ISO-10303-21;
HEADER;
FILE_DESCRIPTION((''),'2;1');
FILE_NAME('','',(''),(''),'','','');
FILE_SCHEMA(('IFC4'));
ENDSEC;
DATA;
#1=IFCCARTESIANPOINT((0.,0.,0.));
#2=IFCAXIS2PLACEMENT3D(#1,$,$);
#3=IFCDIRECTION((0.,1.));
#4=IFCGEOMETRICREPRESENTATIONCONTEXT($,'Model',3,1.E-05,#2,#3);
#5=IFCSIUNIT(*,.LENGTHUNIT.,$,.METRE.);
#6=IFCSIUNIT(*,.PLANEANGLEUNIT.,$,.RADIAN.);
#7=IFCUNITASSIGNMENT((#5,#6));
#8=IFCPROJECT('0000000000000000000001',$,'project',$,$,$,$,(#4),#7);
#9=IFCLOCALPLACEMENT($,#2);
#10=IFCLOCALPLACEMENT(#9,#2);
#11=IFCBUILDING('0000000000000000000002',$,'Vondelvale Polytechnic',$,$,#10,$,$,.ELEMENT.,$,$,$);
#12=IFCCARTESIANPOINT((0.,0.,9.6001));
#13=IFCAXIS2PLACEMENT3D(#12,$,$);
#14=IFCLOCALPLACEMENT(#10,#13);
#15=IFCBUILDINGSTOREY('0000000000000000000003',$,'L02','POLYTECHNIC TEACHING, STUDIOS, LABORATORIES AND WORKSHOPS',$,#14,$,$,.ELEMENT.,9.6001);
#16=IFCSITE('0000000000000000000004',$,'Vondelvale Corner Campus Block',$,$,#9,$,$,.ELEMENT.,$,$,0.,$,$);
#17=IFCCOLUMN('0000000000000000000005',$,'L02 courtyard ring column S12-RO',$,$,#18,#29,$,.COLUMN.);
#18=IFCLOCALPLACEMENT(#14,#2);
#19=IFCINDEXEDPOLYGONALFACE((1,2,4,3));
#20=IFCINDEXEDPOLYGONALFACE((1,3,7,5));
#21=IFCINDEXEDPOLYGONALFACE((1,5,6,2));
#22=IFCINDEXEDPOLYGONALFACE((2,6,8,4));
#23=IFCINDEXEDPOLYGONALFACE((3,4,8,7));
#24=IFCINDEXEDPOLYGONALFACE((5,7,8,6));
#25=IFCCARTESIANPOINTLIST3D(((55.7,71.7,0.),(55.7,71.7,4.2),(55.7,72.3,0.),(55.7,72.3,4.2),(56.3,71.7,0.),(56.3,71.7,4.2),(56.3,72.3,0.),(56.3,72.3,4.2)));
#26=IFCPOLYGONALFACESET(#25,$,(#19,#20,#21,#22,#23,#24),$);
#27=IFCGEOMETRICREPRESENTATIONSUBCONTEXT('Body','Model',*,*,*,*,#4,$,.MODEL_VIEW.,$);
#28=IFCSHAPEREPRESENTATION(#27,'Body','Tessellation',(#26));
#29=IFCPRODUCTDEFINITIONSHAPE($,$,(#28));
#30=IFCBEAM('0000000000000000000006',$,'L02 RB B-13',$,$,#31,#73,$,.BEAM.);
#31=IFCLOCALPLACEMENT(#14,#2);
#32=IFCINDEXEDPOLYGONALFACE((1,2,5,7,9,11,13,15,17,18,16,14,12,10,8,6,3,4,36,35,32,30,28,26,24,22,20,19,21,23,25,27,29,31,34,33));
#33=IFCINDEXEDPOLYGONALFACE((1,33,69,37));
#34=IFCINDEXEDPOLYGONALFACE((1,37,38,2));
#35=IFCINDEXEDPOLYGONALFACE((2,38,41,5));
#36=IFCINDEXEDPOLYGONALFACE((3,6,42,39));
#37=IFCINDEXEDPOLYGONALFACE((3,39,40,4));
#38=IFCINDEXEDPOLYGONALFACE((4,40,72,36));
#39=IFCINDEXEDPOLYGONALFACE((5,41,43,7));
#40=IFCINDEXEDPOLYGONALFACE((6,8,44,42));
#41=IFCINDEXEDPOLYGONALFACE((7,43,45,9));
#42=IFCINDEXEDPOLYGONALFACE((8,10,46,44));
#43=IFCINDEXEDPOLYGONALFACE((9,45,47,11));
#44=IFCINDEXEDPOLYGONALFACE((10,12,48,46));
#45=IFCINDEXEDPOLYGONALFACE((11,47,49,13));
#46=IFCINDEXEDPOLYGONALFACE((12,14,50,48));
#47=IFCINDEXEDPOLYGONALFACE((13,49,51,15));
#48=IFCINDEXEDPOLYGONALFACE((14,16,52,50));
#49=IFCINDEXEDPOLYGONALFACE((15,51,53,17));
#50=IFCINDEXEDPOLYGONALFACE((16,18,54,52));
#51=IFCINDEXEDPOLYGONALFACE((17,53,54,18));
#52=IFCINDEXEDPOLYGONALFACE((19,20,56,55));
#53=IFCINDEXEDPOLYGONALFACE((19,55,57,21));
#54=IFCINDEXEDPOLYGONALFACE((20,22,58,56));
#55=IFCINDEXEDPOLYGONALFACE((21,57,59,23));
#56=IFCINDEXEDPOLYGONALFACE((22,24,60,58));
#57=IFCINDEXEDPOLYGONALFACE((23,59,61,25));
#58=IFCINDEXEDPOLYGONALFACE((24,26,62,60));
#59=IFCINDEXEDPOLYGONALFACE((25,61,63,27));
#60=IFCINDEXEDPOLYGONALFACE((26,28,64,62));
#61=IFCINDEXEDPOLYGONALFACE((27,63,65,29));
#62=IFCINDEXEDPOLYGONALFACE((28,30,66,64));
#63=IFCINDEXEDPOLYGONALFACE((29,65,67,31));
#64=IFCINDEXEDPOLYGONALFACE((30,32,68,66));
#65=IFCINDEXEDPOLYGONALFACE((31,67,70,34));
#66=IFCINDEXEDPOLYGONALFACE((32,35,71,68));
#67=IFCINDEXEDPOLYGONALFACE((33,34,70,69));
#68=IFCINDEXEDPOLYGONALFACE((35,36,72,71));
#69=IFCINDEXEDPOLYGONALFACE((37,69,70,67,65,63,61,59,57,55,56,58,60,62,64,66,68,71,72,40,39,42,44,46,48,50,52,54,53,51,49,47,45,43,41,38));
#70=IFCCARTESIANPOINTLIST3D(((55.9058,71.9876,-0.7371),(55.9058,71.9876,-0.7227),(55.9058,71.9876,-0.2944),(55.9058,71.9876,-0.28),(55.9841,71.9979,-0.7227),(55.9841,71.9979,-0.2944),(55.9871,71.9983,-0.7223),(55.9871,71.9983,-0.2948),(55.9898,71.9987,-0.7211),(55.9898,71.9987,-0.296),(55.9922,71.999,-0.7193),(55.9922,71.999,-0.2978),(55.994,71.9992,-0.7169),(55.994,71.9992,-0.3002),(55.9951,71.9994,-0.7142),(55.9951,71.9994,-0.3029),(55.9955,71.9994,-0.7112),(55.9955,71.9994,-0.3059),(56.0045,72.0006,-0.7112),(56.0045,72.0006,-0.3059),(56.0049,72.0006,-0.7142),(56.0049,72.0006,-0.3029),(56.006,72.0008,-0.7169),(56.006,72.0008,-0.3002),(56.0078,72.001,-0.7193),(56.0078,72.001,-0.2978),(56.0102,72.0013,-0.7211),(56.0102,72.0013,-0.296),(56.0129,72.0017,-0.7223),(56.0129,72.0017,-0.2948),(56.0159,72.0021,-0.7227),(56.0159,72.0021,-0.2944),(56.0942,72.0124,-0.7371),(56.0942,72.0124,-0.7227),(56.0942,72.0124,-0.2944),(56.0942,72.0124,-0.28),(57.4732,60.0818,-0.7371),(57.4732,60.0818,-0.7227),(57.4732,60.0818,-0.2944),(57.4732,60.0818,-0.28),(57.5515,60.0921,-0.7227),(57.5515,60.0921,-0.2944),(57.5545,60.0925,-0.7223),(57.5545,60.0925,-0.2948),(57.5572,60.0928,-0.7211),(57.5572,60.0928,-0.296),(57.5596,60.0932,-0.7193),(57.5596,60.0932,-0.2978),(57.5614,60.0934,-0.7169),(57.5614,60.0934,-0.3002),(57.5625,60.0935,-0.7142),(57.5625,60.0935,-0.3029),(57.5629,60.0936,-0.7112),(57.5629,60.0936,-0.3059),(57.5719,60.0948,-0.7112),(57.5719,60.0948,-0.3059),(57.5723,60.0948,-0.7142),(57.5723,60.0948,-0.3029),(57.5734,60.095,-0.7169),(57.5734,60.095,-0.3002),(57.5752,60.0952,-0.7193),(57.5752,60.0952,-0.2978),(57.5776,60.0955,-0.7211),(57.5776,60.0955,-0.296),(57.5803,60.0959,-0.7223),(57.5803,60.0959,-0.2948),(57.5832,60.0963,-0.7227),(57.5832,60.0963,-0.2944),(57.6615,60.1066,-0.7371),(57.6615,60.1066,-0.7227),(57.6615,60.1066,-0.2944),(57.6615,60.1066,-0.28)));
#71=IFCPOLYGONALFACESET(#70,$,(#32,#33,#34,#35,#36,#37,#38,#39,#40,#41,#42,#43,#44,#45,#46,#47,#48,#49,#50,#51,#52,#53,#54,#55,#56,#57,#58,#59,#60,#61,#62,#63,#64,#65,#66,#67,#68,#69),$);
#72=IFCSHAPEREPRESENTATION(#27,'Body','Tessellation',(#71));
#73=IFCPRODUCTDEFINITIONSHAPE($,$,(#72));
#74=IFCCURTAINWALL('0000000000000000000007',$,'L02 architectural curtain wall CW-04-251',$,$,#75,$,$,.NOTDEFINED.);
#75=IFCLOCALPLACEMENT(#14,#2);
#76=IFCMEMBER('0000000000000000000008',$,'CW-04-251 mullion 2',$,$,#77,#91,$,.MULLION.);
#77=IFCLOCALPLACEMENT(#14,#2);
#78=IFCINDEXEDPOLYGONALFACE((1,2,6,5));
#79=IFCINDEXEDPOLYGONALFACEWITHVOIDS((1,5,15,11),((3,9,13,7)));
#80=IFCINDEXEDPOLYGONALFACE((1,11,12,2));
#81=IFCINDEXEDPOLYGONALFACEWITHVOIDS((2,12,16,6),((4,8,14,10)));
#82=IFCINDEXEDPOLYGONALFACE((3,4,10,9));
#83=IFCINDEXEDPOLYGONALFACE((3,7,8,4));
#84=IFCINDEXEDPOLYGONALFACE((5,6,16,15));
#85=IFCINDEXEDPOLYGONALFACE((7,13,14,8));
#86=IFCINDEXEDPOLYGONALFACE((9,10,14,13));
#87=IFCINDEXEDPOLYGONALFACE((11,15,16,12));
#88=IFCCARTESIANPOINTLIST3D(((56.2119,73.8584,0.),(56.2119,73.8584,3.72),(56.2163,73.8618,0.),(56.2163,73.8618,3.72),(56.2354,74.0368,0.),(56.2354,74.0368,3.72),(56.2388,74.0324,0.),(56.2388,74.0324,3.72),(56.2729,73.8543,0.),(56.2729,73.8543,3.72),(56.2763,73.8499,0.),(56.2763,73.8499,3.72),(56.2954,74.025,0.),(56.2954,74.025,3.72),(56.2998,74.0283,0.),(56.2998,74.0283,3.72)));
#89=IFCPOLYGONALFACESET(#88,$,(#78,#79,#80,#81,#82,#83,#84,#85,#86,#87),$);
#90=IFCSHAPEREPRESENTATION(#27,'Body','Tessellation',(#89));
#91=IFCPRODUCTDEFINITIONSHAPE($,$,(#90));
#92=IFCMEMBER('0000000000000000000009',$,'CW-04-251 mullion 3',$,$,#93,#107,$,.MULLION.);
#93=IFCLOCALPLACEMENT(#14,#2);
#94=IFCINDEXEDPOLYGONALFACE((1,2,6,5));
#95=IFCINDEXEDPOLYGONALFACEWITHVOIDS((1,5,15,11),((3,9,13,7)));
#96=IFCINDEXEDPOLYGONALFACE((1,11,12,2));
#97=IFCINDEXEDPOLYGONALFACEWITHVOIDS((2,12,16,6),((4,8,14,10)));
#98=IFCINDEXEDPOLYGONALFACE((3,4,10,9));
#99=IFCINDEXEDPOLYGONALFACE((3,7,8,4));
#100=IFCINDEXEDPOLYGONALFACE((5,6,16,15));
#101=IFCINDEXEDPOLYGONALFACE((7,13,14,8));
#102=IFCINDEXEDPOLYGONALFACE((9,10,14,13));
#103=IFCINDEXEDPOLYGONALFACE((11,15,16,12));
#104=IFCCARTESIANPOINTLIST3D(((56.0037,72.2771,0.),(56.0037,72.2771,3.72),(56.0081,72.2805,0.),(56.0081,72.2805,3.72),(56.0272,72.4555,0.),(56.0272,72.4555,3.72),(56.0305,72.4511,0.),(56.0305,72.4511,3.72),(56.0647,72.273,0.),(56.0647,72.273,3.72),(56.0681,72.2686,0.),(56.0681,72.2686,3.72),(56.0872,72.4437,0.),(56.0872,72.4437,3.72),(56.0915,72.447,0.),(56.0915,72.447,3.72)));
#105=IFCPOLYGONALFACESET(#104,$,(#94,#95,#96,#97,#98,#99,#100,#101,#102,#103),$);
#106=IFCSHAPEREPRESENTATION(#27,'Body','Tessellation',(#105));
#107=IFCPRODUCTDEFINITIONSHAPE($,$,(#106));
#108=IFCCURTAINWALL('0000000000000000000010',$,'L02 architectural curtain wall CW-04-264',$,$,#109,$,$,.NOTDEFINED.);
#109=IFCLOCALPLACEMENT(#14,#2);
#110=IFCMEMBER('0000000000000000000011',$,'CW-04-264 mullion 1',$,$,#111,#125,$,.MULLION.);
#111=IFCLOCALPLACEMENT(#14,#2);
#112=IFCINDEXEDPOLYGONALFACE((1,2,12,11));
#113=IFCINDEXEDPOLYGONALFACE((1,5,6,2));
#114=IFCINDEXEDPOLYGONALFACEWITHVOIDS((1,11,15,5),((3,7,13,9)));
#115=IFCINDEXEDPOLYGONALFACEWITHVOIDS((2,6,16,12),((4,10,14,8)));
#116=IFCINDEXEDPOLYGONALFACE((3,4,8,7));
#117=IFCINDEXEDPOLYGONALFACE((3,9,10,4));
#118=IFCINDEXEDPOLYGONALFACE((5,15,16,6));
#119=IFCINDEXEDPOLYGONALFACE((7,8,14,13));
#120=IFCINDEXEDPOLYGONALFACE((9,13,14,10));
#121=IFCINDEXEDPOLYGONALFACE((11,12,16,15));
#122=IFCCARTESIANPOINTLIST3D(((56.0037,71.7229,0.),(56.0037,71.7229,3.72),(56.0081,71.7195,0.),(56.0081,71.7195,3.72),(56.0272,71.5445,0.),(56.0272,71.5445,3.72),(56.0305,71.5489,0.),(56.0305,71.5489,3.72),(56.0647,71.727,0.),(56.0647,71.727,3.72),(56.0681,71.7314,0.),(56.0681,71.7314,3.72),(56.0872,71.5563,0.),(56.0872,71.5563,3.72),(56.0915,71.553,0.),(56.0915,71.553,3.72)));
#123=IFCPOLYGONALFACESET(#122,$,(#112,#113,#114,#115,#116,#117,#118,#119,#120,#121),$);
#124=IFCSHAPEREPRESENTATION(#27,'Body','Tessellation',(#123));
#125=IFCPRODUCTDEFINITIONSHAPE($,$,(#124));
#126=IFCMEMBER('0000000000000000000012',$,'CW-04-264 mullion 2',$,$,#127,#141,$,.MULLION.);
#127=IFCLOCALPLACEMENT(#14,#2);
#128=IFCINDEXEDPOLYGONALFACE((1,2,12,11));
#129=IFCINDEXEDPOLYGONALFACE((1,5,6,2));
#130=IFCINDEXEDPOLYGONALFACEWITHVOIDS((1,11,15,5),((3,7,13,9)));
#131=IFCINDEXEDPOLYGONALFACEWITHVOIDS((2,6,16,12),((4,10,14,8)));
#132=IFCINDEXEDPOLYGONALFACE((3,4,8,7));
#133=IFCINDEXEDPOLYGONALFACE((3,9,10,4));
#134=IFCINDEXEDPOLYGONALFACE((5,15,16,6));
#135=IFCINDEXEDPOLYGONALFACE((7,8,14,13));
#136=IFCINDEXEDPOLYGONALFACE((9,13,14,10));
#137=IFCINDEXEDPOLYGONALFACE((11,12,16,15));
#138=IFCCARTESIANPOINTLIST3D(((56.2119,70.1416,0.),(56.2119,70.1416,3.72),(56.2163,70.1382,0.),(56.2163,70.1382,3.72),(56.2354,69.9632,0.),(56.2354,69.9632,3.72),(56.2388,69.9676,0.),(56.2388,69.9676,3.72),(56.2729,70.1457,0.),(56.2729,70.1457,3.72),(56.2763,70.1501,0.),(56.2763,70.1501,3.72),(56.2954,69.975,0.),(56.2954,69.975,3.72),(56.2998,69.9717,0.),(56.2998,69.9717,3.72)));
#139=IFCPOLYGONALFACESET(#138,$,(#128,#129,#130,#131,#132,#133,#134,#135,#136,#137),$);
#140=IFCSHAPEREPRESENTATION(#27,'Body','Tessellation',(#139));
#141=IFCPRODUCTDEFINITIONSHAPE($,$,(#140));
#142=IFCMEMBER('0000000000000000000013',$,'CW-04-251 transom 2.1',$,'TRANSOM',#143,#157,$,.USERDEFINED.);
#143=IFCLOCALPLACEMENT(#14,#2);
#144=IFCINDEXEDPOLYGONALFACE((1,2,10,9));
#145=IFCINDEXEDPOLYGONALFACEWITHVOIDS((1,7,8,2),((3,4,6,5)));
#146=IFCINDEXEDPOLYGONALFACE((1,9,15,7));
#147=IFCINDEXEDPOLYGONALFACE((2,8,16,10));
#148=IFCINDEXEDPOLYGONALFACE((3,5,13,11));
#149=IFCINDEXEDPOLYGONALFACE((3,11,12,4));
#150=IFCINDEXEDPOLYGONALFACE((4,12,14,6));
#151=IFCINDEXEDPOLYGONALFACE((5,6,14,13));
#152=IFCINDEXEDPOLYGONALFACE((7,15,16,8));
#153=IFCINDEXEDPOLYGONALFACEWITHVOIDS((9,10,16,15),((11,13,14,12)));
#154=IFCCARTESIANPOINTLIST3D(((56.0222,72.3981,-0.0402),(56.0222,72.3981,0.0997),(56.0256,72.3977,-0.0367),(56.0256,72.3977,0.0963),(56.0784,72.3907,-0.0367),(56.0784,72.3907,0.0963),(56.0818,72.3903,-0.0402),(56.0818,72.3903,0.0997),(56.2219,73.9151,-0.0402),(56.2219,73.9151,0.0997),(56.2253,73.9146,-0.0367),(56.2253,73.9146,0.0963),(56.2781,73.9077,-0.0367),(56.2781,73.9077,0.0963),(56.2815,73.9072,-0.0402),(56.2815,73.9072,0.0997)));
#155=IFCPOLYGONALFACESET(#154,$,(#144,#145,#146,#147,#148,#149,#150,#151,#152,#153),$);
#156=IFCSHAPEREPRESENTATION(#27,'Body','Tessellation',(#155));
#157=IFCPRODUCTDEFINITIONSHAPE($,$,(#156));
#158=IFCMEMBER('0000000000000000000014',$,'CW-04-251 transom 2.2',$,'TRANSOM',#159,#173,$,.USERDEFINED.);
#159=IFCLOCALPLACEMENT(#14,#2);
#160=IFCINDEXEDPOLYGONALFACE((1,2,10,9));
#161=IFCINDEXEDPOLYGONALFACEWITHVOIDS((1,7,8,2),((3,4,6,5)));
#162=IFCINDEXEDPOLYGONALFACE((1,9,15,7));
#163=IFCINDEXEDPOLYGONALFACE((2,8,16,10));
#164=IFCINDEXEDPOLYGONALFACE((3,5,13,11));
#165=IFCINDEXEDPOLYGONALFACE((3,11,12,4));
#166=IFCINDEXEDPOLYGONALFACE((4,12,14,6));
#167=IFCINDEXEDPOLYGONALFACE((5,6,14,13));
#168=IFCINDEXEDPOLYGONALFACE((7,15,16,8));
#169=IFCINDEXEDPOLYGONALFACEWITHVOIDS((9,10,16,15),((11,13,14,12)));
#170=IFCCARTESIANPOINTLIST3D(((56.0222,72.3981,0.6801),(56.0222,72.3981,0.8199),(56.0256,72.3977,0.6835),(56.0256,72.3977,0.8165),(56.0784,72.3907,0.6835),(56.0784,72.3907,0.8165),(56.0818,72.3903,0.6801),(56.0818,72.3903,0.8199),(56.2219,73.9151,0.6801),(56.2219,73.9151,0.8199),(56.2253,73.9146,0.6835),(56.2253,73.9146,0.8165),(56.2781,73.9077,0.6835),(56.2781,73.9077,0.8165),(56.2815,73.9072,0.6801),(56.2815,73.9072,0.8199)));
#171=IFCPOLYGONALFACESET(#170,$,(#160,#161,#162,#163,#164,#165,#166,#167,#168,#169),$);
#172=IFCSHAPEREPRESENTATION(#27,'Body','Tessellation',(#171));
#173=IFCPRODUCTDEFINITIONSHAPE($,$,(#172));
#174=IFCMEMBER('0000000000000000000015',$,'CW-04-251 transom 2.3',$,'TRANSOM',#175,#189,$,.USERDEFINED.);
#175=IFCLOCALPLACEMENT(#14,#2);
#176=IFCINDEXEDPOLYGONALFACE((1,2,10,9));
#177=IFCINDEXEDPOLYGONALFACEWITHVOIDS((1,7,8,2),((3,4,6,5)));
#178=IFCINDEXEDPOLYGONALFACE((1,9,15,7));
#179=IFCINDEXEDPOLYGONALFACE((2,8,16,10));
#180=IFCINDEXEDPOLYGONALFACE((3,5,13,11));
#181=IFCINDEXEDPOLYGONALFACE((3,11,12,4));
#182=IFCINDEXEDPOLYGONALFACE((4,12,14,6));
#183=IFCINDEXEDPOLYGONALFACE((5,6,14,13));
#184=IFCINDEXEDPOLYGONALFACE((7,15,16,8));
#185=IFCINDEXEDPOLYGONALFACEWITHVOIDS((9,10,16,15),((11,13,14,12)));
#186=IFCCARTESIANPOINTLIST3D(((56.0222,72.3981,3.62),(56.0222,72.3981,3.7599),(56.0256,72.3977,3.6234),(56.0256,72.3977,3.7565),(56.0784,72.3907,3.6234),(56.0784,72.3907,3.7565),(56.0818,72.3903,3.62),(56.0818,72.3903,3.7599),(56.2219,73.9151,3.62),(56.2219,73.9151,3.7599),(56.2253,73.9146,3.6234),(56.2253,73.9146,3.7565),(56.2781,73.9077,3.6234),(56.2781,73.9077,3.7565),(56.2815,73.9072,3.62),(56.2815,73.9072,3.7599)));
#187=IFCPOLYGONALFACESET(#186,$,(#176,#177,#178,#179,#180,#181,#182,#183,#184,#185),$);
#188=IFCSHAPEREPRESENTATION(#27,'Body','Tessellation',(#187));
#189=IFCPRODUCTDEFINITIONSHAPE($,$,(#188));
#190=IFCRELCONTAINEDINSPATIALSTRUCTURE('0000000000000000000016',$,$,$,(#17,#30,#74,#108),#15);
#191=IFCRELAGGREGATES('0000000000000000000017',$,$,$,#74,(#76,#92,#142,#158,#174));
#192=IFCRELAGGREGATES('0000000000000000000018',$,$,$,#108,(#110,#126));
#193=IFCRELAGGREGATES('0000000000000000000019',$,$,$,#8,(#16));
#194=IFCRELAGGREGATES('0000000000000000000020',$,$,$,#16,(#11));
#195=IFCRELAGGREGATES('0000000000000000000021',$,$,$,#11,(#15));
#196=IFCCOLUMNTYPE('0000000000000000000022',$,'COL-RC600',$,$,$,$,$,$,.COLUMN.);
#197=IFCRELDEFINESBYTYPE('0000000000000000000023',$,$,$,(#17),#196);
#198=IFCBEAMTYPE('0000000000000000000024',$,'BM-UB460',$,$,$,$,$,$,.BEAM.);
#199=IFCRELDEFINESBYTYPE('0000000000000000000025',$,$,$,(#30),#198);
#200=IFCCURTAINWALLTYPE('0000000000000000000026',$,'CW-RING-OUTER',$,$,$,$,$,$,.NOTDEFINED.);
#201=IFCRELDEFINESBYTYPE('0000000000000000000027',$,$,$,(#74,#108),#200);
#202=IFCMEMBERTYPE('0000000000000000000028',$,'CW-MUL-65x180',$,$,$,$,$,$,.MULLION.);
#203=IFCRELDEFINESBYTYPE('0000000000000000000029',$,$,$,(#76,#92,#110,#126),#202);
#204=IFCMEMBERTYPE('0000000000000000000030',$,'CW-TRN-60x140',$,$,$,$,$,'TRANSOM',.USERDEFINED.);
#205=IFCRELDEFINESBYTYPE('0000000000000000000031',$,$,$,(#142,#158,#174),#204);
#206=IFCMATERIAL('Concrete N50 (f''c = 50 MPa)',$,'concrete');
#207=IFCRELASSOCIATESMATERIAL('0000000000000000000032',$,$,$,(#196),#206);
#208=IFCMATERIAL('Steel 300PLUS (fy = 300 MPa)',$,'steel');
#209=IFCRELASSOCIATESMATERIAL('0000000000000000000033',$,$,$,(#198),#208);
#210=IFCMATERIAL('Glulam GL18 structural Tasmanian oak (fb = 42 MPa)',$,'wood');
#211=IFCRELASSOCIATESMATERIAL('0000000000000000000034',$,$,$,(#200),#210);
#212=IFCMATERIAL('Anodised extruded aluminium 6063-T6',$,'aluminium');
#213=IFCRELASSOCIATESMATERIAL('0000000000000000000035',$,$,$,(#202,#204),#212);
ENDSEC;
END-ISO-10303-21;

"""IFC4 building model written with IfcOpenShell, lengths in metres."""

from ifc_helpers import new_model, si_unit, direction, frame, origin, origin_2d, place, context, subcontext, project, spatial, rectangle, hollow_rectangle, i_section, extrude, material, material_profile, profile_set, type_object, element, aggregate, save


model = new_model("IFC4")

# Units and contexts
model_context = context("Model", 3, precision=1e-05, world=origin(), true_north=direction((0.0, 1.0)))
body_context = subcontext(model_context, "Body", "Model", "MODEL_VIEW")
ifc_project = project(units=[si_unit("LENGTHUNIT", "METRE"), si_unit("PLANEANGLEUNIT", "RADIAN")], contexts=[model_context])

# Site, building, storey
site_placement = place(None, origin())
site = spatial("IfcSite", under=ifc_project, at=site_placement, Name="Vondelvale Corner Campus Block", CompositionType="ELEMENT", RefElevation=0.0)
building_placement = place(site_placement, origin())
building = spatial("IfcBuilding", under=site, at=building_placement, Name="Vondelvale Polytechnic", CompositionType="ELEMENT")
storey_placement = place(building_placement, frame((0.0, 0.0, 9.6001)))
storey = spatial("IfcBuildingStorey", under=building, at=storey_placement, Name="L02", Description="POLYTECHNIC TEACHING, STUDIOS, LABORATORIES AND WORKSHOPS", CompositionType="ELEMENT", Elevation=9.6001)

# Column
ifc_material_1 = material(Name="Concrete N50 (f'c = 50 MPa)", Category="concrete")
ifc_material_profile_1 = material_profile(ifc_material_1, rectangle(XDim=0.6001, YDim=0.6001, at=origin_2d()), Name="RC-COL-600x600")
ifc_profile_set_1 = profile_set([ifc_material_profile_1], Name="Concrete N50 (f'c = 50 MPa)")
column_type = type_object("IfcColumnType", Name="COL-RC600", PredefinedType="COLUMN", material=ifc_profile_set_1)
column_placement = place(storey_placement, frame((56.0, 72.0, 0.0), z_axis=(0.0, 0.0, 1.0), x_axis=(1.0, 0.0, 0.0)))
element("IfcColumn", 1, at=column_placement, inside=storey, type_object=column_type, Name="L02 courtyard ring column S12-RO", PredefinedType="COLUMN", context=body_context, shape_type="SweptSolid", body=[
    extrude(rectangle(XDim=0.6001, YDim=0.6001, at=origin_2d()), origin(), (0.0, 0.0, 1.0), 4.2),
])

# Beam
ifc_material_2 = material(Name="Steel 300PLUS (fy = 300 MPa)", Category="steel")
ifc_material_profile_2 = material_profile(ifc_material_2, i_section(OverallWidth=0.1899, OverallDepth=0.457, WebThickness=0.009, FlangeThickness=0.0144, FilletRadius=0.0115, at=origin_2d()), Name="460UB74.6")
ifc_profile_set_2 = profile_set([ifc_material_profile_2], Name="Steel 300PLUS (fy = 300 MPa)")
beam_type = type_object("IfcBeamType", Name="BM-UB460", PredefinedType="BEAM", material=ifc_profile_set_2)
beam_placement = place(storey_placement, frame((56.0, 72.0, -0.5085), z_axis=(0.130523, -0.991445, 0.0), x_axis=(0.991445, 0.130523, 0.0)))
element("IfcBeam", 2, at=beam_placement, inside=storey, type_object=beam_type, Name="L02 RB B-13", PredefinedType="BEAM", context=body_context, shape_type="SweptSolid", body=[
    extrude(i_section(OverallWidth=0.1899, OverallDepth=0.457, WebThickness=0.009, FlangeThickness=0.0144, FilletRadius=0.0115, at=origin_2d()), origin(), (0.0, 0.0, 1.0), 12.0085),
])

# Curtain walls, members
ifc_material_3 = material(Name="Glulam GL18 structural Tasmanian oak (fb = 42 MPa)", Category="wood")
curtain_wall_type = type_object("IfcCurtainWallType", Name="CW-RING-OUTER", PredefinedType="NOTDEFINED", material=ifc_material_3)
curtain_wall_1_placement = place(storey_placement, origin())
curtain_wall_1 = element("IfcCurtainWall", 3, at=curtain_wall_1_placement, inside=storey, type_object=curtain_wall_type, Name="L02 architectural curtain wall CW-04-251", PredefinedType="NOTDEFINED")
ifc_material_4 = material(Name="Anodised extruded aluminium 6063-T6", Category="aluminium")
ifc_material_profile_3 = material_profile(ifc_material_4, hollow_rectangle(XDim=0.0649, YDim=0.1799, WallThickness=0.0039, at=origin_2d()), Name="CW-MUL-180x65")
ifc_profile_set_3 = profile_set([ifc_material_profile_3], Name="Anodised extruded aluminium 6063-T6")
member_type_1 = type_object("IfcMemberType", Name="CW-MUL-65x180", PredefinedType="MULLION", material=ifc_profile_set_3)
member_1_placement = place(storey_placement, frame((56.2559, 73.9434, 0.0), z_axis=(0.0, 0.0, 1.0), x_axis=(0.991443, -0.13054, 0.0)))
member_1 = element("IfcMember", 4, at=member_1_placement, type_object=member_type_1, Name="CW-04-251 mullion 2", PredefinedType="MULLION", context=body_context, shape_type="SweptSolid", body=[
    extrude(hollow_rectangle(XDim=0.0649, YDim=0.1799, WallThickness=0.0039, at=origin_2d()), origin(), (0.0, 0.0, 1.0), 3.72),
])
member_2_placement = place(storey_placement, frame((56.0476, 72.3621, 0.0), z_axis=(0.0, 0.0, 1.0), x_axis=(0.991443, -0.13054, 0.0)))
member_2 = element("IfcMember", 5, at=member_2_placement, type_object=member_type_1, Name="CW-04-251 mullion 3", PredefinedType="MULLION", context=body_context, shape_type="SweptSolid", body=[
    extrude(hollow_rectangle(XDim=0.0649, YDim=0.1799, WallThickness=0.0039, at=origin_2d()), origin(), (0.0, 0.0, 1.0), 3.72),
])
curtain_wall_2_placement = place(storey_placement, origin())
curtain_wall_2 = element("IfcCurtainWall", 6, at=curtain_wall_2_placement, inside=storey, type_object=curtain_wall_type, Name="L02 architectural curtain wall CW-04-264", PredefinedType="NOTDEFINED")
member_3_placement = place(storey_placement, frame((56.0476, 71.6379, 0.0), z_axis=(0.0, 0.0, 1.0), x_axis=(0.991443, 0.13054, 0.0)))
member_3 = element("IfcMember", 7, at=member_3_placement, type_object=member_type_1, Name="CW-04-264 mullion 1", PredefinedType="MULLION", context=body_context, shape_type="SweptSolid", body=[
    extrude(hollow_rectangle(XDim=0.0649, YDim=0.1799, WallThickness=0.0039, at=origin_2d()), origin(), (0.0, 0.0, 1.0), 3.72),
])
member_4_placement = place(storey_placement, frame((56.2559, 70.0566, 0.0), z_axis=(0.0, 0.0, 1.0), x_axis=(0.991443, 0.13054, 0.0)))
member_4 = element("IfcMember", 8, at=member_4_placement, type_object=member_type_1, Name="CW-04-264 mullion 2", PredefinedType="MULLION", context=body_context, shape_type="SweptSolid", body=[
    extrude(hollow_rectangle(XDim=0.0649, YDim=0.1799, WallThickness=0.0039, at=origin_2d()), origin(), (0.0, 0.0, 1.0), 3.72),
])

# Members
ifc_material_profile_4 = material_profile(ifc_material_4, hollow_rectangle(XDim=0.0601, YDim=0.1399, WallThickness=0.0034, at=origin_2d()), Name="CW-TRN-140x60")
ifc_profile_set_4 = profile_set([ifc_material_profile_4], Name="Anodised extruded aluminium 6063-T6")
member_type_2 = type_object("IfcMemberType", Name="CW-TRN-60x140", ElementType="TRANSOM", PredefinedType="USERDEFINED", material=ifc_profile_set_4)
member_5_placement = place(storey_placement, frame((56.2517, 73.9111, 0.0298), z_axis=(-0.130533, -0.991444, 0.0), x_axis=(0.991444, -0.130533, 0.0)))
member_5 = element("IfcMember", 9, at=member_5_placement, type_object=member_type_2, Name="CW-04-251 transom 2.1", ObjectType="TRANSOM", PredefinedType="USERDEFINED", context=body_context, shape_type="SweptSolid", body=[
    extrude(hollow_rectangle(XDim=0.0601, YDim=0.1399, WallThickness=0.0034, at=origin_2d()), origin(), (0.0, 0.0, 1.0), 1.53),
])
member_6_placement = place(storey_placement, frame((56.2517, 73.9111, 0.75), z_axis=(-0.130533, -0.991444, 0.0), x_axis=(0.991444, -0.130533, 0.0)))
member_6 = element("IfcMember", 10, at=member_6_placement, type_object=member_type_2, Name="CW-04-251 transom 2.2", ObjectType="TRANSOM", PredefinedType="USERDEFINED", context=body_context, shape_type="SweptSolid", body=[
    extrude(hollow_rectangle(XDim=0.0601, YDim=0.1399, WallThickness=0.0034, at=origin_2d()), origin(), (0.0, 0.0, 1.0), 1.53),
])
member_7_placement = place(storey_placement, frame((56.2517, 73.9111, 3.6899), z_axis=(-0.130533, -0.991444, 0.0), x_axis=(0.991444, -0.130533, 0.0)))
member_7 = element("IfcMember", 11, at=member_7_placement, type_object=member_type_2, Name="CW-04-251 transom 2.3", ObjectType="TRANSOM", PredefinedType="USERDEFINED", context=body_context, shape_type="SweptSolid", body=[
    extrude(hollow_rectangle(XDim=0.0601, YDim=0.1399, WallThickness=0.0034, at=origin_2d()), origin(), (0.0, 0.0, 1.0), 1.53),
])

aggregate(curtain_wall_1, [member_1, member_2, member_5, member_6, member_7])
aggregate(curtain_wall_2, [member_3, member_4])

save(model, "model.ifc")
